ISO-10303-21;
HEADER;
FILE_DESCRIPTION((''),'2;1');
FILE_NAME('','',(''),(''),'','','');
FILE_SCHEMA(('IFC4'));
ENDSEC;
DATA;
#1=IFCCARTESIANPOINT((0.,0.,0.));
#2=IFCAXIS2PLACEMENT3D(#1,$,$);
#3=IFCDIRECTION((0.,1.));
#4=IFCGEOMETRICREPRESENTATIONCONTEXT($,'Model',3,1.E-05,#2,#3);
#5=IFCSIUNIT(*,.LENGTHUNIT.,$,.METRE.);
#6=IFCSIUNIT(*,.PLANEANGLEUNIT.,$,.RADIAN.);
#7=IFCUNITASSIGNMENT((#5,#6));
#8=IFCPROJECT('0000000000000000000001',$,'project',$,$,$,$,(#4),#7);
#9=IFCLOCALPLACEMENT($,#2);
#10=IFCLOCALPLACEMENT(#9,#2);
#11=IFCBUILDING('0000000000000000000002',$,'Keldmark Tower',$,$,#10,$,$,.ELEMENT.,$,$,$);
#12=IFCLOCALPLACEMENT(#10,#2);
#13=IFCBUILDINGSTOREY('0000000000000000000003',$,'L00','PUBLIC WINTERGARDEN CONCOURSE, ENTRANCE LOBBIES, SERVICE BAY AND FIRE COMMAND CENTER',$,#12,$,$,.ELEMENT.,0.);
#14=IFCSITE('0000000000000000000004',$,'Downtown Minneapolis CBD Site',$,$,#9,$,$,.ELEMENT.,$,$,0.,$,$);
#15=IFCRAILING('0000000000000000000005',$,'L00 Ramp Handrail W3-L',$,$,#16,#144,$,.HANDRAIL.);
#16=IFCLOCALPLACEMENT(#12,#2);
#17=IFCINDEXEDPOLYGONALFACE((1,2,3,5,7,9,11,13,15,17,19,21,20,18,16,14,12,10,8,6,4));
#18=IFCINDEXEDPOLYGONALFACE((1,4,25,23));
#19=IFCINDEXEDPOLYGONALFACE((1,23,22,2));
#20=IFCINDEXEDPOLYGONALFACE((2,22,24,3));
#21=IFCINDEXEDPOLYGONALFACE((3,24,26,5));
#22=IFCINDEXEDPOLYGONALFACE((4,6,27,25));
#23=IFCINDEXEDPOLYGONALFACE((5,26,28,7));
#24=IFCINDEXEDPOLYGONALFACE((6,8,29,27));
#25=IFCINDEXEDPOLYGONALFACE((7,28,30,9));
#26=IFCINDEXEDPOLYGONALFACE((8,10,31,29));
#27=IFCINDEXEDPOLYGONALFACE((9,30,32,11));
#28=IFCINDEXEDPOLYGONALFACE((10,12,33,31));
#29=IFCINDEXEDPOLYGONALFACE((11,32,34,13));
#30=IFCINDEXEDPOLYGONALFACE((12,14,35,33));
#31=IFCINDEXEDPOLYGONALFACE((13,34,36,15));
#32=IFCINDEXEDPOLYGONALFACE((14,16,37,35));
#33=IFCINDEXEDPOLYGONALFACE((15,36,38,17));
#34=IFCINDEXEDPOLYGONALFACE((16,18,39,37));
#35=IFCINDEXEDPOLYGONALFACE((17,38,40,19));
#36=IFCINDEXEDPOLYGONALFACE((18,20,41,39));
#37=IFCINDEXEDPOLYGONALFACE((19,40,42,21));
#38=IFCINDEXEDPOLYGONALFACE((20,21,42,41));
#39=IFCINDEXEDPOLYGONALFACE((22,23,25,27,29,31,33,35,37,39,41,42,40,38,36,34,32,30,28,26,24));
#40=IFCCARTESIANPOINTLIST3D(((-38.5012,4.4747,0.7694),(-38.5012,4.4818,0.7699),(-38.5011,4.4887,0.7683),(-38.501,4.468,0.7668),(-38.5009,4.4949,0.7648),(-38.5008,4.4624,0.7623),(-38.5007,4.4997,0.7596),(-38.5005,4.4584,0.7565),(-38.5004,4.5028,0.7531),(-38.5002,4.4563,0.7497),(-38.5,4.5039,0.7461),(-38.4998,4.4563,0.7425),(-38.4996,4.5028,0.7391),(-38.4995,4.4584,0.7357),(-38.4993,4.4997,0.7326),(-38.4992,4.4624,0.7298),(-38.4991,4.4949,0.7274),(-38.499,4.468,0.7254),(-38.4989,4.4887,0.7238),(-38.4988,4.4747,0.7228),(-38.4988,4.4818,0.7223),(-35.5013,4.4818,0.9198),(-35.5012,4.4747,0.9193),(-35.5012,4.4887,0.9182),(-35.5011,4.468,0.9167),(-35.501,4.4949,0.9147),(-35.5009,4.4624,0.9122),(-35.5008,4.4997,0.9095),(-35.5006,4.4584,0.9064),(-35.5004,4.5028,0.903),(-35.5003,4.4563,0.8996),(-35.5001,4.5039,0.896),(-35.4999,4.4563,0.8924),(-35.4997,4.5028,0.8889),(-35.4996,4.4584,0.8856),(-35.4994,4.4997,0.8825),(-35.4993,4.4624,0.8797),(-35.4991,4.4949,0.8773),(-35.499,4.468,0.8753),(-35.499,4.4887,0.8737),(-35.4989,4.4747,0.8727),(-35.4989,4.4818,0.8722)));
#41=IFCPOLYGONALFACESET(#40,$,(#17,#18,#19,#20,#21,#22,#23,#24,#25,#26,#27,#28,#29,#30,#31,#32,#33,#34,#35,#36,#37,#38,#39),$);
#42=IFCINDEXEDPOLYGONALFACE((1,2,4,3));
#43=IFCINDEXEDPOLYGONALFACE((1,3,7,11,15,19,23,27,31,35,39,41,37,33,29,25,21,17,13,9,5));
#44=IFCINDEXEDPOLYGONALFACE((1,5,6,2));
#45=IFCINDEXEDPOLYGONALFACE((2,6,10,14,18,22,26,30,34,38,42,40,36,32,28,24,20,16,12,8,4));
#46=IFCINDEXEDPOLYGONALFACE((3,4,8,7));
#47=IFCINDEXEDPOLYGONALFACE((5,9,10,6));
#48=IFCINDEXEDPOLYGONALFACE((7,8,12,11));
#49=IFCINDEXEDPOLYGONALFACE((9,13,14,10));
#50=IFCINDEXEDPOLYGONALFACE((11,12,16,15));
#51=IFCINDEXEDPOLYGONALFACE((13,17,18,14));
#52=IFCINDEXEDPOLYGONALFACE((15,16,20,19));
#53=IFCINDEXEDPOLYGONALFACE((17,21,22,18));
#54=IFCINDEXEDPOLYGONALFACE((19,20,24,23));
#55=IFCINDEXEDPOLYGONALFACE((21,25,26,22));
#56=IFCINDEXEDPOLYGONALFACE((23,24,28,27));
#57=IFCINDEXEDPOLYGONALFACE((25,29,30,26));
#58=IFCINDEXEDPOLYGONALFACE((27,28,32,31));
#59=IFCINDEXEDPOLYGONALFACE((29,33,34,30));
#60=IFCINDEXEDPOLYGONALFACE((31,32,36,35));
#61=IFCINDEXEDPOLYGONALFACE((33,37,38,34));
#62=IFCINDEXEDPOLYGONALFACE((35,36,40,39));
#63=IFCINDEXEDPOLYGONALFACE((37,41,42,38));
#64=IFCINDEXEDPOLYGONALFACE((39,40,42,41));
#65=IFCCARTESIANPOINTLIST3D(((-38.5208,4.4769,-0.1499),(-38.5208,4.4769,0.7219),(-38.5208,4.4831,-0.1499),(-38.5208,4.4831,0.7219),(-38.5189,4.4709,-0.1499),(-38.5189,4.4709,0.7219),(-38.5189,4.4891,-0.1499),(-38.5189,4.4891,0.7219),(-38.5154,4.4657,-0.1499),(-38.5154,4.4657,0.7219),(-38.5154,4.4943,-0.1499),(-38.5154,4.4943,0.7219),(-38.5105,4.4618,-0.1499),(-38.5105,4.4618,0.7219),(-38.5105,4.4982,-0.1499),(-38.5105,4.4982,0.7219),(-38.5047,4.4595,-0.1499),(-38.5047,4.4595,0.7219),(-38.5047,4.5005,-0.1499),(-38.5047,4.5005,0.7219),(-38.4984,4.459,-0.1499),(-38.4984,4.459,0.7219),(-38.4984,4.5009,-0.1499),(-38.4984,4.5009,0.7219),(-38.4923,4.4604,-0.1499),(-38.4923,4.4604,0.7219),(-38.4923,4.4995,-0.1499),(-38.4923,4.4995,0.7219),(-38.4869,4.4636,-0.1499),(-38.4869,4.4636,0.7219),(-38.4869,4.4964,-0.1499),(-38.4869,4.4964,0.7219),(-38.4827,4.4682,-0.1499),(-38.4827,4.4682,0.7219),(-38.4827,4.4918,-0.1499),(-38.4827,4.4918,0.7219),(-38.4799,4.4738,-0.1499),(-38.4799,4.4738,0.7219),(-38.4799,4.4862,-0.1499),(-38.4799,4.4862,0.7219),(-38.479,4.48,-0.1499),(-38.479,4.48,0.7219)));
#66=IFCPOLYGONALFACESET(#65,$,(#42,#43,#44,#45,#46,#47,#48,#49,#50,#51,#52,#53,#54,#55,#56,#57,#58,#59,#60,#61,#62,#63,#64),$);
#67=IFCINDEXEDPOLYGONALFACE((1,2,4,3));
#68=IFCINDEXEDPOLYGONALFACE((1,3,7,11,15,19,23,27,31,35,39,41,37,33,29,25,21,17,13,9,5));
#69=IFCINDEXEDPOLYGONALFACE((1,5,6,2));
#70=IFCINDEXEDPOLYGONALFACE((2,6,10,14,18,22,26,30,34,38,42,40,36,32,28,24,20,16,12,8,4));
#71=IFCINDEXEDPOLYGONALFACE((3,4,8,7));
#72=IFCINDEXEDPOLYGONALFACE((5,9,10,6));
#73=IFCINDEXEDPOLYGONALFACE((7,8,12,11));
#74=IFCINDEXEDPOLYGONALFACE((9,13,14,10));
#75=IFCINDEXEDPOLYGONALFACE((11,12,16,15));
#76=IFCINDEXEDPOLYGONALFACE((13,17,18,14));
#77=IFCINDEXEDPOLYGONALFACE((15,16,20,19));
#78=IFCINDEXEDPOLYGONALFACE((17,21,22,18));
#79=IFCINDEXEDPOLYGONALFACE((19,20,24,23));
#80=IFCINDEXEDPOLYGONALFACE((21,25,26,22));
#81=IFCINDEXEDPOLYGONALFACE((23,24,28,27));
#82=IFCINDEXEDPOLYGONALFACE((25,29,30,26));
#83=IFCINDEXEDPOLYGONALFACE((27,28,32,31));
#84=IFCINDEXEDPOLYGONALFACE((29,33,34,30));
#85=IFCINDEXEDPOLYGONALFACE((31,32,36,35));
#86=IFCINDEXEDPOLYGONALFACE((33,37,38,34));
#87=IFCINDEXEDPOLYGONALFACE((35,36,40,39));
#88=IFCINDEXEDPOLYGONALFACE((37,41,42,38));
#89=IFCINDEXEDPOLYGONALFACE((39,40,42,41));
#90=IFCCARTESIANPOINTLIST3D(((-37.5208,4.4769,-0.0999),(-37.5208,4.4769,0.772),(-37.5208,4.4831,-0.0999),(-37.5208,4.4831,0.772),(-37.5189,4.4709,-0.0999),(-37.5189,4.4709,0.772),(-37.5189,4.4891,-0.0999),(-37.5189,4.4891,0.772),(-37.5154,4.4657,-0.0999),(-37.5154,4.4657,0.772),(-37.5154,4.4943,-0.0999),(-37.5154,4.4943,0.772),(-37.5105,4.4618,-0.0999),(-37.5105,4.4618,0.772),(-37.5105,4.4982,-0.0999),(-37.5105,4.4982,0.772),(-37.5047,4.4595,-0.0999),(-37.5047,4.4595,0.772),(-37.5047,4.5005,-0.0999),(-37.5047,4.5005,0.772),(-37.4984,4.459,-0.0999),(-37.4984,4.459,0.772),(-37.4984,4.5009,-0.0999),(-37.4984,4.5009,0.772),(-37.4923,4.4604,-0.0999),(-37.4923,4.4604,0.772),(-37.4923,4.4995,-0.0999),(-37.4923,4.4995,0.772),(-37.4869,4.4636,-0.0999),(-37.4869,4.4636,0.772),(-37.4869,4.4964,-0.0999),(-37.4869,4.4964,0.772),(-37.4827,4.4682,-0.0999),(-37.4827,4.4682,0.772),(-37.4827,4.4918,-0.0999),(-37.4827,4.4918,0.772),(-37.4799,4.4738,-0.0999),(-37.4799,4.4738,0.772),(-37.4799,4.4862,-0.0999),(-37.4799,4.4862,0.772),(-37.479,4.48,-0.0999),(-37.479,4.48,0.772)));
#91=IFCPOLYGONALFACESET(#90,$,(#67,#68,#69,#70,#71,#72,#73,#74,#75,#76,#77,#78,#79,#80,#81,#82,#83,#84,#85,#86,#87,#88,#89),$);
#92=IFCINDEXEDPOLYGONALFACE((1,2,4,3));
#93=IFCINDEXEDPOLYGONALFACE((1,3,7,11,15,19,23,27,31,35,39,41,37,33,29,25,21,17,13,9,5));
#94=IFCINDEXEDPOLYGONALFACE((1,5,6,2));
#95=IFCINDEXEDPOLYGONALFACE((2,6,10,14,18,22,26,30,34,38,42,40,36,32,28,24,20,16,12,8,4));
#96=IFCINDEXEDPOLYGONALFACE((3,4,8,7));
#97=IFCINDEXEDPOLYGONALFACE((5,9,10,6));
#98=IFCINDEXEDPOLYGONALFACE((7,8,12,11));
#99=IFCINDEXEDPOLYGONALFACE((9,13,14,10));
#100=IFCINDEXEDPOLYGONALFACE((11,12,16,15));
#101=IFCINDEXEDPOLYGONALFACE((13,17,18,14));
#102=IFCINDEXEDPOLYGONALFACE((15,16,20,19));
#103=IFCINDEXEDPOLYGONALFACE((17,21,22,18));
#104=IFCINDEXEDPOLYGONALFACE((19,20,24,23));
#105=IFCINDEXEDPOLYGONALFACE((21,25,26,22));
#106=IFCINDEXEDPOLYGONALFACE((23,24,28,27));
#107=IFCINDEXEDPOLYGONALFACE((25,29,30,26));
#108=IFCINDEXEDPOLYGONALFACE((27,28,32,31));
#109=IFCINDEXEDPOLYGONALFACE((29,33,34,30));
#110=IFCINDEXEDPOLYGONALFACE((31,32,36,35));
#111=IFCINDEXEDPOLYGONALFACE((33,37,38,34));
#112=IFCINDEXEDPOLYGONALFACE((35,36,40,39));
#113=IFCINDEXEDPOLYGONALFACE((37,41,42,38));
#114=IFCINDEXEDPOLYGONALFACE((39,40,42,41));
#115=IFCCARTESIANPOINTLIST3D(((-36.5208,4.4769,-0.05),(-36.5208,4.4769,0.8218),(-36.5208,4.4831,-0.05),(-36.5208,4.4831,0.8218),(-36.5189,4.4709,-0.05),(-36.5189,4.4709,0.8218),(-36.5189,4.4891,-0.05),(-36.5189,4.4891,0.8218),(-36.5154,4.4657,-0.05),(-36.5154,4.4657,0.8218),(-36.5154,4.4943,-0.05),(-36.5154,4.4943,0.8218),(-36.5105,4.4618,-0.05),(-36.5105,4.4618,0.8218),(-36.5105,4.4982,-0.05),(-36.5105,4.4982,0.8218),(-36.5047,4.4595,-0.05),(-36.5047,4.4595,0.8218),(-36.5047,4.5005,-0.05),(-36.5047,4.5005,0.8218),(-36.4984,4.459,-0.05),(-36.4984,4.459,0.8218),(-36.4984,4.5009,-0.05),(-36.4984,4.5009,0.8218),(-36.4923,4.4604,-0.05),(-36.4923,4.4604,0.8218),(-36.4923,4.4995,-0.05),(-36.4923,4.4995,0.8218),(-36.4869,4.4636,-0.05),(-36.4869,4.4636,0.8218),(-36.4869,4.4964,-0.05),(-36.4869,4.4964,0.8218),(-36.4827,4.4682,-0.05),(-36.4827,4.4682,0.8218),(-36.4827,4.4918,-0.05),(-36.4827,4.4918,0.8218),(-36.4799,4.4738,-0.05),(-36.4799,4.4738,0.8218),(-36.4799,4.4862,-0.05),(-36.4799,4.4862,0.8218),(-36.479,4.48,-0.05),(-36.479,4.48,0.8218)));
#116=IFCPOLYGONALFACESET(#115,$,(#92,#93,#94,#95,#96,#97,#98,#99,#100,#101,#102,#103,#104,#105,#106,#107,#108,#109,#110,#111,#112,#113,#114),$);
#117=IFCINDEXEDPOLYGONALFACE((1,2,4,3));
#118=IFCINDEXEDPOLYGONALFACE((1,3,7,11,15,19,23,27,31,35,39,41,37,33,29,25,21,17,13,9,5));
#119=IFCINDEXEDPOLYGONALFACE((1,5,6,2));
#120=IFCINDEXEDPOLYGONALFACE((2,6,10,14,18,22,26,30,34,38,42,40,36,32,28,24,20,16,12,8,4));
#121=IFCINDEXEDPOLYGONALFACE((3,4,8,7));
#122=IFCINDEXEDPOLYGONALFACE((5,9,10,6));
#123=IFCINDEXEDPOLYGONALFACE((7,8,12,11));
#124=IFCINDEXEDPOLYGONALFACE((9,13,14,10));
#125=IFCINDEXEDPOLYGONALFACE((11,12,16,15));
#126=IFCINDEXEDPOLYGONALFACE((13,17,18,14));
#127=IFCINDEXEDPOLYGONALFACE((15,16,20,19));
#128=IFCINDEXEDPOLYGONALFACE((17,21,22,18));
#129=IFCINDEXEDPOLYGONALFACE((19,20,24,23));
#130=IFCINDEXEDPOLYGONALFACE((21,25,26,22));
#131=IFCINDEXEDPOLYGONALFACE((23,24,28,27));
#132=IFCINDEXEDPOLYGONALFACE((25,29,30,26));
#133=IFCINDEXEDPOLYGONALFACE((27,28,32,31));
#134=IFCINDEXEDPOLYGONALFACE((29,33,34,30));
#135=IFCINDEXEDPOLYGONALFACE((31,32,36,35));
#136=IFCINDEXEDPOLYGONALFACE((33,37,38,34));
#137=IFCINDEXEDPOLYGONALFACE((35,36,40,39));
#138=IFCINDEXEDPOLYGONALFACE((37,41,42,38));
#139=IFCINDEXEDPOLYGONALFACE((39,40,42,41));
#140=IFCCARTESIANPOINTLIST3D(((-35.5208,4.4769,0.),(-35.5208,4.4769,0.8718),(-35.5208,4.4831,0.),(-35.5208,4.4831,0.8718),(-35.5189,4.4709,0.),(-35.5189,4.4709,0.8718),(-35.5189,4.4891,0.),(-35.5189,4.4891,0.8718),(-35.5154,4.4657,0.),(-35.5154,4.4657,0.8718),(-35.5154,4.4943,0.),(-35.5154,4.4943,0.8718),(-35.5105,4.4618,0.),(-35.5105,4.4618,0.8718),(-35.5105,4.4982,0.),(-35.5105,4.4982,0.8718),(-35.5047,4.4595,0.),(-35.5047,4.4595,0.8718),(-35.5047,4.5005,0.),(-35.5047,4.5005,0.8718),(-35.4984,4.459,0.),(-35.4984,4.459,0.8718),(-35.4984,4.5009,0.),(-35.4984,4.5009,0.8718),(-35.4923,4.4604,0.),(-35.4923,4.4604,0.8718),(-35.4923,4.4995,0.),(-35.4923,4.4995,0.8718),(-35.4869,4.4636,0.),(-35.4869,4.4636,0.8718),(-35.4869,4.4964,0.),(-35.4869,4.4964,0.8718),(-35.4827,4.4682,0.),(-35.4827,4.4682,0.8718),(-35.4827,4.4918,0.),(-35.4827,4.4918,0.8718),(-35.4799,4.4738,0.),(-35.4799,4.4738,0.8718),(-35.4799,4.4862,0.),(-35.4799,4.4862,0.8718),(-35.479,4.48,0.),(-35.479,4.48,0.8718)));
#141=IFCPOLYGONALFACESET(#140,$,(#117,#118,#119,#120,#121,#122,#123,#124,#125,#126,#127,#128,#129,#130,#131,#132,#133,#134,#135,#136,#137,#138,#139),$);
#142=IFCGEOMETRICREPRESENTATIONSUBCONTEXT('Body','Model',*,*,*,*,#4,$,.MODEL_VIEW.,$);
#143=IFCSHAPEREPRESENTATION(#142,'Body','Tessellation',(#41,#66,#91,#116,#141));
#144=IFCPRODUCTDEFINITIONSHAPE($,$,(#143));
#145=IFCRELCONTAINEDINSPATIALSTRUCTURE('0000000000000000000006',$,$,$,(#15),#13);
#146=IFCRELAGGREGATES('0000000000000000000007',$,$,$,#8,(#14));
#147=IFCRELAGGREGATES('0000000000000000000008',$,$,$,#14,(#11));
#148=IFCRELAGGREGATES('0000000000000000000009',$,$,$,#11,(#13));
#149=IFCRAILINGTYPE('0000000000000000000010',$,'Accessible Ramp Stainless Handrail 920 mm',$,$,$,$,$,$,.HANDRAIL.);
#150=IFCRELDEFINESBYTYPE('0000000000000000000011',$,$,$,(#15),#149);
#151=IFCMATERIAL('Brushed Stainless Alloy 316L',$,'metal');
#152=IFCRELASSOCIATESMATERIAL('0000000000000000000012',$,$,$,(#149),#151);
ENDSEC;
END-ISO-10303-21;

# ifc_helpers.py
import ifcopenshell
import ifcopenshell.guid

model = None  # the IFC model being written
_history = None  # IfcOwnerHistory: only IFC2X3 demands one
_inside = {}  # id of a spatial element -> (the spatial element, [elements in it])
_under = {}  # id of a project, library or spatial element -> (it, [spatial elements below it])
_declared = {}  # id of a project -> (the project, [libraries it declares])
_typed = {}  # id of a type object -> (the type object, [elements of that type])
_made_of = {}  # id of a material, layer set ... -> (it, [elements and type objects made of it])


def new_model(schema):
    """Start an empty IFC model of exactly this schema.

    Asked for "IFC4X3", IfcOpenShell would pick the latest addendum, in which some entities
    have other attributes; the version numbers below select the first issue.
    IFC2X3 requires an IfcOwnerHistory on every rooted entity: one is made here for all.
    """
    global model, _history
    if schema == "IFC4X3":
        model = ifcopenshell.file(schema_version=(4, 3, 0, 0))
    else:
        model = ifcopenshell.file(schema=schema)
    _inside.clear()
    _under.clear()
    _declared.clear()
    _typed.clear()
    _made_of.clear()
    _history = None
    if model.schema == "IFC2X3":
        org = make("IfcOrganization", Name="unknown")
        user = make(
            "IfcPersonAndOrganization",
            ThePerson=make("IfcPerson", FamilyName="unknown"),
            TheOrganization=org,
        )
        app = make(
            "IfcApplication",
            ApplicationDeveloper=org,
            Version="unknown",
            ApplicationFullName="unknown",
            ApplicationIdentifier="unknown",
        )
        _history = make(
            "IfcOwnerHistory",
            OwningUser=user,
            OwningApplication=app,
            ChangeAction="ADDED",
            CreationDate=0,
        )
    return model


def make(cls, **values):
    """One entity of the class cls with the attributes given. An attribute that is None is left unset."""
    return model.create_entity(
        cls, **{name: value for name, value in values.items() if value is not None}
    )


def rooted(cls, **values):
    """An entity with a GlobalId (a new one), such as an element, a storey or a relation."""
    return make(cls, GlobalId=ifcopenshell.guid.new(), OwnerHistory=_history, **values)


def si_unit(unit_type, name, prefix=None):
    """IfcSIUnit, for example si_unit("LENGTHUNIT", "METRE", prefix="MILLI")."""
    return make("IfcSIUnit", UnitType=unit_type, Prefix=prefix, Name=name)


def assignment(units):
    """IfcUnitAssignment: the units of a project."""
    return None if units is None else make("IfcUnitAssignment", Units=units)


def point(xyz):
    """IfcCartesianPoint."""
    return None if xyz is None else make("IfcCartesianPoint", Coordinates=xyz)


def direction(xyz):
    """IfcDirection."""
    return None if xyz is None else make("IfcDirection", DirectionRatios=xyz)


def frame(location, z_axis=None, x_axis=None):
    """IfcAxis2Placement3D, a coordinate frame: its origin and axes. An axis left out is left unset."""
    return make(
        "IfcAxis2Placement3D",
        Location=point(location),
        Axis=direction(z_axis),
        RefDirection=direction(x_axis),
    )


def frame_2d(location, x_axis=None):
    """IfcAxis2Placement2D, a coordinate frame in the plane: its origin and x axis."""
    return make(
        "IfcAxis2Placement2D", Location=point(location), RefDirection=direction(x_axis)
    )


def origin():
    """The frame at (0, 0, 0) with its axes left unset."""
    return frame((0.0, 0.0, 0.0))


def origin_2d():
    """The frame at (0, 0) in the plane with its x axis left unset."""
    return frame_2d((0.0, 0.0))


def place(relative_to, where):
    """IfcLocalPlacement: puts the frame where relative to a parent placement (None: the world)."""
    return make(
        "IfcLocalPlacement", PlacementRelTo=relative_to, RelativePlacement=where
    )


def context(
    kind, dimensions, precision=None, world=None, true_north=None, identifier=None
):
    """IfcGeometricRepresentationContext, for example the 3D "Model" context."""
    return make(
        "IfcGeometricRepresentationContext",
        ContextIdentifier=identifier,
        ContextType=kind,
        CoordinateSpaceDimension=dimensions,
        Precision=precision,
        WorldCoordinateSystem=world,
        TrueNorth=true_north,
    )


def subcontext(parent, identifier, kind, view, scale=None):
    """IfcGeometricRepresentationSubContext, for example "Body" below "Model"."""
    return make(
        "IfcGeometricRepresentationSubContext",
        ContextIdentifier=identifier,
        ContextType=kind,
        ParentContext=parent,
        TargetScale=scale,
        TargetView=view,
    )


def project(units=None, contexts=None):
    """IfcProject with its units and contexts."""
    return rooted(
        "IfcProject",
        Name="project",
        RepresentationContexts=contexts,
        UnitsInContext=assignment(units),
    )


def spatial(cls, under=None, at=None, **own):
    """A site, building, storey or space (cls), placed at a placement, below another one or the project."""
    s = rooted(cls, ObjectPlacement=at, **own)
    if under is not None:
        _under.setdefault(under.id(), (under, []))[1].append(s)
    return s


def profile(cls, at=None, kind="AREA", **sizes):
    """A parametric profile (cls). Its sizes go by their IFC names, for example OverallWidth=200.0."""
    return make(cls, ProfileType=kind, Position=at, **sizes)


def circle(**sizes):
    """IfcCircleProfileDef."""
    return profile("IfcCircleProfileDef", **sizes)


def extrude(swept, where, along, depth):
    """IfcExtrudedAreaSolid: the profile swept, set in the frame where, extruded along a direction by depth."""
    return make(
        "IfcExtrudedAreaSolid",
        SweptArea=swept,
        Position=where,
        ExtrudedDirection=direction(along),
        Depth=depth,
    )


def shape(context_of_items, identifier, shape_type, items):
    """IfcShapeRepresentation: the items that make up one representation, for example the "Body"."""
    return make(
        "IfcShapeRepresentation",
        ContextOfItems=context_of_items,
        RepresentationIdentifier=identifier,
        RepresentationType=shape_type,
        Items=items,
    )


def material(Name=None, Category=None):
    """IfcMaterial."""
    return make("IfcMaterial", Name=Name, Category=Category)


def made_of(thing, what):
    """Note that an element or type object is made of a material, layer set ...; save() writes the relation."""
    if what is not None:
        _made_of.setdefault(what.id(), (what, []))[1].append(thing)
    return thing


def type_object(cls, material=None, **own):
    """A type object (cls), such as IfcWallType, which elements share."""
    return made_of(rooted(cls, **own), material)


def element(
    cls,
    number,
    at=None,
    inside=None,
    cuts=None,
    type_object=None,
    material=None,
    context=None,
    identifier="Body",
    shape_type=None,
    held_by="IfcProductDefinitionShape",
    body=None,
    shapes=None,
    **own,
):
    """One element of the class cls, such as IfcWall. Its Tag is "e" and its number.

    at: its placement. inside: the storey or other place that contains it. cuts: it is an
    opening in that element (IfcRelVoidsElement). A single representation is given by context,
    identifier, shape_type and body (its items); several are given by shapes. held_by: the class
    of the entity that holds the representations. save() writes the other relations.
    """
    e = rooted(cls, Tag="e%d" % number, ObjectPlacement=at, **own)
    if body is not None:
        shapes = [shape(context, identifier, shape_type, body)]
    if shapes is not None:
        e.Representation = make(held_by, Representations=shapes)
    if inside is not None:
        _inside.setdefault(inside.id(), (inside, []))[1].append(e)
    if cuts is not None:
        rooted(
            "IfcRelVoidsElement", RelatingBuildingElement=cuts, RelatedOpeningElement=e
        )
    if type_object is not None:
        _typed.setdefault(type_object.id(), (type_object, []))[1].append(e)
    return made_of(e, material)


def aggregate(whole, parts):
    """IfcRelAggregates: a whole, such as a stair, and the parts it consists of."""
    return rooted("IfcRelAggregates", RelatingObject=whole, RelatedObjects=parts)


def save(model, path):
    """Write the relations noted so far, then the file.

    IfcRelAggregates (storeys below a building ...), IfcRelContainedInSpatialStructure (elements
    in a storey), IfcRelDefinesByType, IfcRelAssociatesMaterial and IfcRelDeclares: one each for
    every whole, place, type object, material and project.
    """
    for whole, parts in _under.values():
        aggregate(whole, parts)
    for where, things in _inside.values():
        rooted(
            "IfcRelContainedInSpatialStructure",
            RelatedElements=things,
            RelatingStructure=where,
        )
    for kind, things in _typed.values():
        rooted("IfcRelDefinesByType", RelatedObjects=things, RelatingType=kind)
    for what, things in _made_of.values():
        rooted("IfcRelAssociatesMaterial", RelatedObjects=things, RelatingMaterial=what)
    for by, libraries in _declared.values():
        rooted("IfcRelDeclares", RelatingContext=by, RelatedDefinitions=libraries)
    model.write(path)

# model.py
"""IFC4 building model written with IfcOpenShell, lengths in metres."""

from ifc_helpers import new_model, si_unit, direction, frame, origin, origin_2d, place, context, subcontext, project, spatial, circle, extrude, material, type_object, element, save


model = new_model("IFC4")

# Units and contexts
model_context = context("Model", 3, precision=1e-05, world=origin(), true_north=direction((0.0, 1.0)))
body_context = subcontext(model_context, "Body", "Model", "MODEL_VIEW")
ifc_project = project(units=[si_unit("LENGTHUNIT", "METRE"), si_unit("PLANEANGLEUNIT", "RADIAN")], contexts=[model_context])

# Site, building, storey
site_placement = place(None, origin())
site = spatial("IfcSite", under=ifc_project, at=site_placement, Name="Downtown Minneapolis CBD Site", CompositionType="ELEMENT", RefElevation=0.0)
building_placement = place(site_placement, origin())
building = spatial("IfcBuilding", under=site, at=building_placement, Name="Keldmark Tower", CompositionType="ELEMENT")
storey_placement = place(building_placement, origin())
storey = spatial("IfcBuildingStorey", under=building, at=storey_placement, Name="L00", Description="PUBLIC WINTERGARDEN CONCOURSE, ENTRANCE LOBBIES, SERVICE BAY AND FIRE COMMAND CENTER", CompositionType="ELEMENT", Elevation=0.0)

# Railing
ifc_material_1 = material(Name="Brushed Stainless Alloy 316L", Category="metal")
railing_type = type_object("IfcRailingType", Name="Accessible Ramp Stainless Handrail 920 mm", PredefinedType="HANDRAIL", material=ifc_material_1)
for number, where, name in (
    (1, (-38.5, 4.48, -0.1499), "L00 Ramp Handrail W3-L"),
):
    element("IfcRailing", number, at=place(storey_placement, frame(where)), inside=storey, type_object=railing_type, Name=name, PredefinedType="HANDRAIL", context=body_context, shape_type="SweptSolid", body=[
        extrude(circle(Radius=0.0239, at=origin_2d()), frame((0.0, 0.0, 0.896), z_axis=(0.998754, 0.0, 0.049905), x_axis=(0.0, 1.0, 0.0)), (0.0, 0.0, 1.0), 3.0037),
        extrude(circle(Radius=0.021, at=origin_2d()), origin(), (0.0, 0.0, 1.0), 0.8718),
        extrude(circle(Radius=0.021, at=origin_2d()), frame((1.0, 0.0, 0.05)), (0.0, 0.0, 1.0), 0.8718),
        extrude(circle(Radius=0.021, at=origin_2d()), frame((2.0, 0.0, 0.0999)), (0.0, 0.0, 1.0), 0.8718),
        extrude(circle(Radius=0.021, at=origin_2d()), frame((3.0, 0.0, 0.1499)), (0.0, 0.0, 1.0), 0.8718),
    ])

save(model, "model.ifc")
